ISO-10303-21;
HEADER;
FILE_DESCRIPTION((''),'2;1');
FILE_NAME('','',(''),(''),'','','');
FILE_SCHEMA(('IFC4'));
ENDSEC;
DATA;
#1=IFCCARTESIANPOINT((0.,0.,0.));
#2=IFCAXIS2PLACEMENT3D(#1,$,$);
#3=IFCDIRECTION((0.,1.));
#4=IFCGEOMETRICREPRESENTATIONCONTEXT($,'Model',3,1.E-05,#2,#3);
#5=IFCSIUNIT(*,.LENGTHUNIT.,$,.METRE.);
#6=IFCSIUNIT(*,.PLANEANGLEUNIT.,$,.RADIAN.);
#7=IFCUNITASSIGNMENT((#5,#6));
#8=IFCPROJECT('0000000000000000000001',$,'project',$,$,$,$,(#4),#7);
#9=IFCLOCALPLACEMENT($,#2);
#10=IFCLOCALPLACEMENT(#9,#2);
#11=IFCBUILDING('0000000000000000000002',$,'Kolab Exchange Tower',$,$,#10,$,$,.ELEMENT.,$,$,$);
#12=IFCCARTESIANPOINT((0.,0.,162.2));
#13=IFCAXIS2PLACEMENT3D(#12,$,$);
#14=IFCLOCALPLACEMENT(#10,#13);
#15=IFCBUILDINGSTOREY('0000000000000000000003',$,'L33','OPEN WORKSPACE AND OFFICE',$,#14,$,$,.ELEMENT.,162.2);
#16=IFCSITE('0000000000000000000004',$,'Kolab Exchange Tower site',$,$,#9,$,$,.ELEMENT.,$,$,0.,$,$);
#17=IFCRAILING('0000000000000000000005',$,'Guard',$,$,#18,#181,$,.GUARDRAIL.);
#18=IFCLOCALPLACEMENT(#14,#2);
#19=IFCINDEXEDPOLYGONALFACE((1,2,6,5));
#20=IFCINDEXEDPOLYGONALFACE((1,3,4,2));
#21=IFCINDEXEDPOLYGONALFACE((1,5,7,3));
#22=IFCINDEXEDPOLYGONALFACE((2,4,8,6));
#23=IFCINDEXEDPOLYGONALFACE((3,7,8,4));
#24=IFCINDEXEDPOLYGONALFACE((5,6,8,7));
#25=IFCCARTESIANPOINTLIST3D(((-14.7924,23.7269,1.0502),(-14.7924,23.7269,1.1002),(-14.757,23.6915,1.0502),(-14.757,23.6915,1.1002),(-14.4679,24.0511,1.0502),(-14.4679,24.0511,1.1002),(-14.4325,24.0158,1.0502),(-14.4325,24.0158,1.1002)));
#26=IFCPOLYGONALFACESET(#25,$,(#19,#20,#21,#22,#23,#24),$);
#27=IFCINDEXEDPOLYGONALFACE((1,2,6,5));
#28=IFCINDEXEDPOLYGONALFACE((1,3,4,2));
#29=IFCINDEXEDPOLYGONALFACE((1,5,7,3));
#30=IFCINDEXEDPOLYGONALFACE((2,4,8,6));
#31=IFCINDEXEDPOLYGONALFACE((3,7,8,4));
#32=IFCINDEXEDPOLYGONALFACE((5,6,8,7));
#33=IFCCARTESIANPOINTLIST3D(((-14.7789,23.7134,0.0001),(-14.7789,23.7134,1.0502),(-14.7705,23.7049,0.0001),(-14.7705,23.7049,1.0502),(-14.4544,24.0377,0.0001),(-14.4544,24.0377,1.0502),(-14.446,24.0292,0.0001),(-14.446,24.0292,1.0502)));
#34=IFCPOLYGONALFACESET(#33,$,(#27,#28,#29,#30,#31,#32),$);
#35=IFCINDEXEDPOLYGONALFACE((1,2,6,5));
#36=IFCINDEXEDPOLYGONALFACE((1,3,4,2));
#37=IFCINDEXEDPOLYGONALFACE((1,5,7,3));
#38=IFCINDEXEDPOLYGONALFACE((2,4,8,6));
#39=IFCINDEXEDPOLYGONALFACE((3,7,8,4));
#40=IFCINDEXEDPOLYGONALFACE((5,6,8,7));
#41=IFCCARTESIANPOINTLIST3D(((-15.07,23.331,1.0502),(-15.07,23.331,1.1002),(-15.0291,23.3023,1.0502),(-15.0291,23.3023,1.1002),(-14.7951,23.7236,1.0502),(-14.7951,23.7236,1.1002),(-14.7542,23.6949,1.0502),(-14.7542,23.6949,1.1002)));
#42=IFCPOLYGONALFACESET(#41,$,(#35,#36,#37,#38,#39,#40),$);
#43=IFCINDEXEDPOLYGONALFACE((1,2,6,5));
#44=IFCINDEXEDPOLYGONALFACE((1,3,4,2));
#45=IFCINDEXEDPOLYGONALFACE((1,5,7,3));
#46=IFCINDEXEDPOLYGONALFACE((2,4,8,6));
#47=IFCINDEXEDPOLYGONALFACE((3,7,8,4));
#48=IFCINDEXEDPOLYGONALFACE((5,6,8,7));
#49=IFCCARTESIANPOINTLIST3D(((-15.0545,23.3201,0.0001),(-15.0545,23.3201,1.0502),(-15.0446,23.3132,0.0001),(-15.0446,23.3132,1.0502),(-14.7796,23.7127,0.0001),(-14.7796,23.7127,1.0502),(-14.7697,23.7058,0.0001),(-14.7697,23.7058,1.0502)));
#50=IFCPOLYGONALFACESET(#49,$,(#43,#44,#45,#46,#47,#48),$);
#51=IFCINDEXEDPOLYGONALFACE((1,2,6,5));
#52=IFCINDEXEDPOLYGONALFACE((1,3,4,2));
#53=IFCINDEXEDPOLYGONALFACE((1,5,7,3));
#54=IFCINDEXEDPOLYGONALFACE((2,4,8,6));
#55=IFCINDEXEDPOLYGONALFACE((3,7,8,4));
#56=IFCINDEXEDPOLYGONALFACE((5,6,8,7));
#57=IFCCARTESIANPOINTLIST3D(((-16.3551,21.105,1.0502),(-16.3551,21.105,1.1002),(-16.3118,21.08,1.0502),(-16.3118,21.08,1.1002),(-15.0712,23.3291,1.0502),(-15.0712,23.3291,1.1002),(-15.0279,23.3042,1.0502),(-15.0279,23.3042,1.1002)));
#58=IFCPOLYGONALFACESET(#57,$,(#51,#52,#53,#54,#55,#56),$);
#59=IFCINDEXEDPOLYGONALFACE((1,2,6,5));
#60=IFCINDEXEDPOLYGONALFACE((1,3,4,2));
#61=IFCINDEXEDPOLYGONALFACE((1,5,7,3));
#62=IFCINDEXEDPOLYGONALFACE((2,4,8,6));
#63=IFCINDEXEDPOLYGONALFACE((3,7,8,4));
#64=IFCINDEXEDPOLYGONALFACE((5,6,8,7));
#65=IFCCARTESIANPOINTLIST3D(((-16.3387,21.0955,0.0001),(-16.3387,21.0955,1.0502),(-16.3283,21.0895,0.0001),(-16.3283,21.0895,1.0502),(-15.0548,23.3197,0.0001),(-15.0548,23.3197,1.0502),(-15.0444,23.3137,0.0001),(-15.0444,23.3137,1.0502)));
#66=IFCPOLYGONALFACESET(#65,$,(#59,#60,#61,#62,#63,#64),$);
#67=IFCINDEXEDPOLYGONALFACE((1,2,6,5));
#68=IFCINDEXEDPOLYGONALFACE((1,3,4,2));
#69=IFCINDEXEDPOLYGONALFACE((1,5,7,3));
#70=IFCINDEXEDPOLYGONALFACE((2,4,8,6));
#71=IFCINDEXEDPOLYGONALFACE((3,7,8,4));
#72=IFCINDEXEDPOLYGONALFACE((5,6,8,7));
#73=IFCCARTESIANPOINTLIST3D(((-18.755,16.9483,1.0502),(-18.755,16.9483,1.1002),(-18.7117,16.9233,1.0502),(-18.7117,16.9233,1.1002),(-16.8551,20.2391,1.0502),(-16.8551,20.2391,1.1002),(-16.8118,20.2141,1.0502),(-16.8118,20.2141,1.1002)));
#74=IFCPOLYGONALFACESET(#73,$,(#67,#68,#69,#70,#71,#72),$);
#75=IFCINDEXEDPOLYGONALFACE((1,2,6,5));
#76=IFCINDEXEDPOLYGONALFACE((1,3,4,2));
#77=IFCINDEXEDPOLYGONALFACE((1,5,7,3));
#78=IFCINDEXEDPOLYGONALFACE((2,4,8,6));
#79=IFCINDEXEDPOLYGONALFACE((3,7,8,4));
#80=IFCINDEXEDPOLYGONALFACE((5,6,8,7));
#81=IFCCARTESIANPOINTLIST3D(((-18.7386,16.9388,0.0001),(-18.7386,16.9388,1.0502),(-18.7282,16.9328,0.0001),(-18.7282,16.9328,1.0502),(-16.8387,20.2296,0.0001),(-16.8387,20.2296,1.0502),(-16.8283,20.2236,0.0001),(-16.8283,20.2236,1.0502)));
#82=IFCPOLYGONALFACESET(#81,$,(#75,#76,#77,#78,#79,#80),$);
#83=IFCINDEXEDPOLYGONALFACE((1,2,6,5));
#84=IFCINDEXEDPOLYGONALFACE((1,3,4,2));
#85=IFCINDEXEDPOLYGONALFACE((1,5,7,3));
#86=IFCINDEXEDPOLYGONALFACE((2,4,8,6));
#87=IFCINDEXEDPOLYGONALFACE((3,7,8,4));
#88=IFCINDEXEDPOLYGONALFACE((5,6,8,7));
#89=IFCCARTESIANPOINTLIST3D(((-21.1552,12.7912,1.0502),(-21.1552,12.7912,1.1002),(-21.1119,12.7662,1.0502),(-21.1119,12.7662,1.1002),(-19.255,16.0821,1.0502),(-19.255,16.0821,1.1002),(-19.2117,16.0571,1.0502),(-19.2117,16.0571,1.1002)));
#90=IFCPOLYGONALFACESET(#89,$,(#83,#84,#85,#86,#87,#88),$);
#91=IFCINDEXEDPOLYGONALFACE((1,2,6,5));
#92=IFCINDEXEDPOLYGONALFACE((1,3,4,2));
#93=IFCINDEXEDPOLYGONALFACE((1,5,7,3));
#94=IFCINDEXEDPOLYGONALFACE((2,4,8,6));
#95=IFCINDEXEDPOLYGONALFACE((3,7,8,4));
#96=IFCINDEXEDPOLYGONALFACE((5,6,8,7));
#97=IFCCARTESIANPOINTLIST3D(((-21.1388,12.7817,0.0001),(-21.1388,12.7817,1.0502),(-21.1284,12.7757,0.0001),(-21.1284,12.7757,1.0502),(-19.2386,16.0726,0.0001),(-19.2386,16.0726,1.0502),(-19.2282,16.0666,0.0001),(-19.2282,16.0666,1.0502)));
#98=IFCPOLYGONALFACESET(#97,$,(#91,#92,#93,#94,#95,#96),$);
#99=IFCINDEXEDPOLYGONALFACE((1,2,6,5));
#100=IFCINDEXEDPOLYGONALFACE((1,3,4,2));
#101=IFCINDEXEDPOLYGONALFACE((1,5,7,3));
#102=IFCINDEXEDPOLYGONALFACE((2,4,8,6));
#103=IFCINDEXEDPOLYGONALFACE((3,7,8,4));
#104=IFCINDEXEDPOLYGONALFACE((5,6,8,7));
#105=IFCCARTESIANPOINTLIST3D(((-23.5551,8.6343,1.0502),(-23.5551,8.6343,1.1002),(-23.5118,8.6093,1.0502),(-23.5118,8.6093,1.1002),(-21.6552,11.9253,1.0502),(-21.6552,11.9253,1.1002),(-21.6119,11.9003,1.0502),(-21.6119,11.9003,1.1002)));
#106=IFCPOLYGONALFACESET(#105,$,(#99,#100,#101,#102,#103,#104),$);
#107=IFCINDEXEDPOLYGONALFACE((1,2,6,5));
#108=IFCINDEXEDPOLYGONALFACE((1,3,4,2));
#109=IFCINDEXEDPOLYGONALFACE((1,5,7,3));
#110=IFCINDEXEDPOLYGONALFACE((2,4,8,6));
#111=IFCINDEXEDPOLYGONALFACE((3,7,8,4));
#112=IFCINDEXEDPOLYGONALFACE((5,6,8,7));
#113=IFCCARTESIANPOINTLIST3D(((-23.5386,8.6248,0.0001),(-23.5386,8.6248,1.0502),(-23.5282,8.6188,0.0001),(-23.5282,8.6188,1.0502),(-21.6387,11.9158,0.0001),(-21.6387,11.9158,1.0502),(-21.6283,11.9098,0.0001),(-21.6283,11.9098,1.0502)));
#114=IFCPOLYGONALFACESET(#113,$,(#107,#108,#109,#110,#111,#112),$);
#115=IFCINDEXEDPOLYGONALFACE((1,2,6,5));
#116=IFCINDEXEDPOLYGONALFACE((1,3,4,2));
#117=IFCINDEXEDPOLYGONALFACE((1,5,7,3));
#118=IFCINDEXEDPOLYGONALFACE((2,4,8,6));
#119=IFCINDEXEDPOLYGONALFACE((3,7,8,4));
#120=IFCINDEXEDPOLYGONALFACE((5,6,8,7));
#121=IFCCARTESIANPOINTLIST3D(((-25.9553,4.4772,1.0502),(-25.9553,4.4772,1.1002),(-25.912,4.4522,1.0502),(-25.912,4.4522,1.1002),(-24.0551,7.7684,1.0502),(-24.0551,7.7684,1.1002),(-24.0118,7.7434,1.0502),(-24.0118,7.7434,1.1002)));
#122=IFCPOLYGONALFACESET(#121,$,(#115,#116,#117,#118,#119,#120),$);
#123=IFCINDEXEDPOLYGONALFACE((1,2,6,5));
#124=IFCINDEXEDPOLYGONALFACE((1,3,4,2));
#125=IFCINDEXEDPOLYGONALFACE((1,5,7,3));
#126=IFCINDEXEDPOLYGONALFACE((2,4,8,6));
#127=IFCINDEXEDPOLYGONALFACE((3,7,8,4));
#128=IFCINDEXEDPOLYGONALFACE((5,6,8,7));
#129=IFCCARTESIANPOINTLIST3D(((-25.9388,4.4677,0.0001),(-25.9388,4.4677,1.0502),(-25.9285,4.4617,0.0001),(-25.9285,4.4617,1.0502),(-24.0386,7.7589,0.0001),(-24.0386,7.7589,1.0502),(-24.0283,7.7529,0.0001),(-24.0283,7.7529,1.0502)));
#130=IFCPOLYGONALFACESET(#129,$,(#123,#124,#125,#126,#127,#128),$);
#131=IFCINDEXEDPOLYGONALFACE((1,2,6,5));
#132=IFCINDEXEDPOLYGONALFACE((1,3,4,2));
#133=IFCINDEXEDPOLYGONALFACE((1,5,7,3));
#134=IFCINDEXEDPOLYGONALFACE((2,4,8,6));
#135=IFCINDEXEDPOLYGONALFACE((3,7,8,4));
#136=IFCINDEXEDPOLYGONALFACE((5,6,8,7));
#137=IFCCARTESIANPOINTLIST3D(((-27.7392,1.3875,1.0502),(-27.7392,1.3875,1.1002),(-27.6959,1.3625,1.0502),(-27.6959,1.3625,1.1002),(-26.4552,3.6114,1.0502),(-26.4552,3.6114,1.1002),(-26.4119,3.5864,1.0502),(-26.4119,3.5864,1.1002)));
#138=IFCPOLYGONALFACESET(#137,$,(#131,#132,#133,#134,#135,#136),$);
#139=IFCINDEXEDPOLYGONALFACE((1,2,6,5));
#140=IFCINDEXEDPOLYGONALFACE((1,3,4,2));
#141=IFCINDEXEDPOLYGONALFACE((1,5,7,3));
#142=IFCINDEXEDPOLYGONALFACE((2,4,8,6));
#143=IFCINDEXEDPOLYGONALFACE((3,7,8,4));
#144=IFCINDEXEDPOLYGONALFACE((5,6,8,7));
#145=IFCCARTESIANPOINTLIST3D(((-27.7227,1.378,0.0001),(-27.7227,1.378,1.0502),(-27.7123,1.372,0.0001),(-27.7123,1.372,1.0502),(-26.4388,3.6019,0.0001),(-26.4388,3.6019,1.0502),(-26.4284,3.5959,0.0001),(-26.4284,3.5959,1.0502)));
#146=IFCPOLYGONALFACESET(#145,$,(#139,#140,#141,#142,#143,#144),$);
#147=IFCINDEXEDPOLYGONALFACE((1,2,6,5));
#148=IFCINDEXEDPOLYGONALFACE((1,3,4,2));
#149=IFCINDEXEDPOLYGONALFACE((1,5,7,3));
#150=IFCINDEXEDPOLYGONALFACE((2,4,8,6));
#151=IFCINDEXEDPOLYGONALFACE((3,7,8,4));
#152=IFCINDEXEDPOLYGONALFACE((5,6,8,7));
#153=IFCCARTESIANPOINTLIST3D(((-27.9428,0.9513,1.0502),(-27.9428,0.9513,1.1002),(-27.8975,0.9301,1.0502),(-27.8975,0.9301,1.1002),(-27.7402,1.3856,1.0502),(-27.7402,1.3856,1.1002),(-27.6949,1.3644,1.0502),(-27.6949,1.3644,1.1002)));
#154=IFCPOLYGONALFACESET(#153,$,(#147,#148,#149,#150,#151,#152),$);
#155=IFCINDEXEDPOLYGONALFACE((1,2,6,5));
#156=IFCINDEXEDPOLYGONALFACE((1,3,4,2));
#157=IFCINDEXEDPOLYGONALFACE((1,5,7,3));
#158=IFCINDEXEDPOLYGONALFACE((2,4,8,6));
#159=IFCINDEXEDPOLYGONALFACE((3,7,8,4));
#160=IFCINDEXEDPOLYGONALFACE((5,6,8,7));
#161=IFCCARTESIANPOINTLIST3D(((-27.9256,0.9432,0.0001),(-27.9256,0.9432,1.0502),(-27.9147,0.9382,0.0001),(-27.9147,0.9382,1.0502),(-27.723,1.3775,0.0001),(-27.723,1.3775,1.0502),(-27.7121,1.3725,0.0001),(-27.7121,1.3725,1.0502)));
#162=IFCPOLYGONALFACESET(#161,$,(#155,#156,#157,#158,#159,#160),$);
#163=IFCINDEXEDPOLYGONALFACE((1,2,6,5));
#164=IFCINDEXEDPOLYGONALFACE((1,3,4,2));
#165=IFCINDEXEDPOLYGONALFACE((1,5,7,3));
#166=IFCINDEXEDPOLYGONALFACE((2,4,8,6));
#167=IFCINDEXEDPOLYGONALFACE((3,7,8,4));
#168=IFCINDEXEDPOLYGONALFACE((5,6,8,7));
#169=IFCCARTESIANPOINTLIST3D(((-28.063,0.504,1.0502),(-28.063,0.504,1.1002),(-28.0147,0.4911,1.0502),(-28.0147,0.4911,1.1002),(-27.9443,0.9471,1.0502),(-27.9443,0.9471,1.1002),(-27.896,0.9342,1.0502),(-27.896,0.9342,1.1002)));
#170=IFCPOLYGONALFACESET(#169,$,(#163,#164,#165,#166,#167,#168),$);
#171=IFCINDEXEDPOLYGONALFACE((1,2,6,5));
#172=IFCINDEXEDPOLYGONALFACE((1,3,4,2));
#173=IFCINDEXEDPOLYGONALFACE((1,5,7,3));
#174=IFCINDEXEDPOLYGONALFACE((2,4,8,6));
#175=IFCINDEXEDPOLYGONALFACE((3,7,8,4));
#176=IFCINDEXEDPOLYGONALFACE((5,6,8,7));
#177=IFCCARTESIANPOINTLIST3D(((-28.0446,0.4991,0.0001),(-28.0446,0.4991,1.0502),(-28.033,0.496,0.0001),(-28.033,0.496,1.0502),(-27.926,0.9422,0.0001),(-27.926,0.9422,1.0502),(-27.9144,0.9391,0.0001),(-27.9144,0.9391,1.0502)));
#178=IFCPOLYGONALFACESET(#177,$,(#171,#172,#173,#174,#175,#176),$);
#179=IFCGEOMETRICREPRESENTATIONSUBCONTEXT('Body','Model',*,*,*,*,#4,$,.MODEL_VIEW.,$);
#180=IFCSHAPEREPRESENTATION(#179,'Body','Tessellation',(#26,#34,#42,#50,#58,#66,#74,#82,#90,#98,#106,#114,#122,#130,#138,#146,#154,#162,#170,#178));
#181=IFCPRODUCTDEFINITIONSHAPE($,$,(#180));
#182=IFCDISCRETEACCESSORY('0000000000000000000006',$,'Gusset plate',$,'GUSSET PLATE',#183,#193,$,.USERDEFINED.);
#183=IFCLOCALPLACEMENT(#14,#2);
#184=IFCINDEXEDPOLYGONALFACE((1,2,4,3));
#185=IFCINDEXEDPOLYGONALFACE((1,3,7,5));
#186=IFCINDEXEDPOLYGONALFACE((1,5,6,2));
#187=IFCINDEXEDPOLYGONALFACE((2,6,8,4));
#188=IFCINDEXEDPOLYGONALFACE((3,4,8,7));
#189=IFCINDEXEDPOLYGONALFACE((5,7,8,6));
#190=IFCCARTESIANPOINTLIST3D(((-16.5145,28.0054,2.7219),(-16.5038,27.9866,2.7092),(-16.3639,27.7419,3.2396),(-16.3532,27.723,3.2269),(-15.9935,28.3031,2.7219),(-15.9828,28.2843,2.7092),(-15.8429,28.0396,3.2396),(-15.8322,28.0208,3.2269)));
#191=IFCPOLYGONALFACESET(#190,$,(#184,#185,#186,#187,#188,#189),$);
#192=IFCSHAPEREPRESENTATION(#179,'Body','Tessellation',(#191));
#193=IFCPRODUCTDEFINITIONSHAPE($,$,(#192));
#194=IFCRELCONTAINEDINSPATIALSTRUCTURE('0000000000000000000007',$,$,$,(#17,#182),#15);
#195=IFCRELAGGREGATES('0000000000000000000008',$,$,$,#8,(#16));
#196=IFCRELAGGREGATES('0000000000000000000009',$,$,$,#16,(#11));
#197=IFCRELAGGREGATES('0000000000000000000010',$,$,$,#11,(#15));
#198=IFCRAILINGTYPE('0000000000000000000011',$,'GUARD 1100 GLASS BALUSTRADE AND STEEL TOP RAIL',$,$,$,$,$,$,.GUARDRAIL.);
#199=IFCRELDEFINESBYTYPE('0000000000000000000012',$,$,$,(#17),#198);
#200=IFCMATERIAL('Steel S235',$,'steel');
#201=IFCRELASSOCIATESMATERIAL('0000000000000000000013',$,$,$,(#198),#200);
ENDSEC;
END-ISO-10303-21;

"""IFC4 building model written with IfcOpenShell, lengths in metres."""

from ifc_helpers import new_model, si_unit, direction, frame, frame_2d, origin, origin_2d, place, context, subcontext, project, spatial, rectangle, extrude, material, type_object, element, save


model = new_model("IFC4")

# Units and contexts
model_context = context("Model", 3, precision=1e-05, world=origin(), true_north=direction((0.0, 1.0)))
body_context = subcontext(model_context, "Body", "Model", "MODEL_VIEW")
ifc_project = project(units=[si_unit("LENGTHUNIT", "METRE"), si_unit("PLANEANGLEUNIT", "RADIAN")], contexts=[model_context])

# Site, building, storey
site_placement = place(None, origin())
site = spatial("IfcSite", under=ifc_project, at=site_placement, Name="Kolab Exchange Tower site", CompositionType="ELEMENT", RefElevation=0.0)
building_placement = place(site_placement, origin())
building = spatial("IfcBuilding", under=site, at=building_placement, Name="Kolab Exchange Tower", CompositionType="ELEMENT")
storey_placement = place(building_placement, frame((0.0, 0.0, 162.2)))
storey = spatial("IfcBuildingStorey", under=building, at=storey_placement, Name="L33", Description="OPEN WORKSPACE AND OFFICE", CompositionType="ELEMENT", Elevation=162.2)

# Railing
ifc_material_1 = material(Name="Steel S235", Category="steel")
railing_type = type_object("IfcRailingType", Name="GUARD 1100 GLASS BALUSTRADE AND STEEL TOP RAIL", PredefinedType="GUARDRAIL", material=ifc_material_1)
railing_placement = place(storey_placement, frame((-14.4502, 24.0334, 0.0)))
element("IfcRailing", 1, at=railing_placement, inside=storey, type_object=railing_type, Name="Guard", PredefinedType="GUARDRAIL", context=body_context, shape_type="SweptSolid", body=[
    extrude(rectangle(XDim=0.05, YDim=0.05, at=origin_2d()), frame((0.0, 0.0, 1.0752), z_axis=(-0.707373, -0.706841, 0.0), x_axis=(0.706841, -0.707373, 0.0)), (0.0, 0.0, 1.0), 0.4587),
    extrude(rectangle(XDim=0.012, YDim=1.0501, at=frame_2d((0.0, 0.5251))), frame((0.0, 0.0, 0.0), z_axis=(-0.707373, -0.706841, 0.0), x_axis=(0.706841, -0.707373, 0.0)), (0.0, 0.0, 1.0), 0.4587),
    extrude(rectangle(XDim=0.05, YDim=0.05, at=origin_2d()), frame((-0.3245, -0.3242, 1.0752), z_axis=(-0.573599, -0.819136, 0.0), x_axis=(0.819136, -0.573599, 0.0)), (0.0, 0.0, 1.0), 0.4792),
    extrude(rectangle(XDim=0.012, YDim=1.0501, at=frame_2d((0.0, 0.5251))), frame((-0.3245, -0.3242, 0.0), z_axis=(-0.573599, -0.819136, 0.0), x_axis=(0.819136, -0.573599, 0.0)), (0.0, 0.0, 1.0), 0.4792),
    extrude(rectangle(XDim=0.05, YDim=0.05, at=origin_2d()), frame((-0.5994, -0.7168, 1.0752), z_axis=(-0.499953, -0.866053, 0.0), x_axis=(0.866053, -0.499953, 0.0)), (0.0, 0.0, 1.0), 2.5681),
    extrude(rectangle(XDim=0.012, YDim=1.0501, at=frame_2d((0.0, 0.5251))), frame((-0.5994, -0.7168, 0.0), z_axis=(-0.499953, -0.866053, 0.0), x_axis=(0.866053, -0.499953, 0.0)), (0.0, 0.0, 1.0), 2.5681),
    extrude(rectangle(XDim=0.05, YDim=0.05, at=origin_2d()), frame((-2.3833, -3.8069, 1.0752), z_axis=(-0.499995, -0.866028, 0.0), x_axis=(0.866028, -0.499995, 0.0)), (0.0, 0.0, 1.0), 3.7998),
    extrude(rectangle(XDim=0.012, YDim=1.0501, at=frame_2d((0.0, 0.5251))), frame((-2.3833, -3.8069, 0.0), z_axis=(-0.499995, -0.866028, 0.0), x_axis=(0.866028, -0.499995, 0.0)), (0.0, 0.0, 1.0), 3.7998),
    extrude(rectangle(XDim=0.05, YDim=0.05, at=origin_2d()), frame((-4.7832, -7.9639, 1.0752), z_axis=(-0.500043, -0.866, 0.0), x_axis=(0.866, -0.500043, 0.0)), (0.0, 0.0, 1.0), 3.8),
    extrude(rectangle(XDim=0.012, YDim=1.0501, at=frame_2d((0.0, 0.5251))), frame((-4.7832, -7.9639, 0.0), z_axis=(-0.500043, -0.866, 0.0), x_axis=(0.866, -0.500043, 0.0)), (0.0, 0.0, 1.0), 3.8),
    extrude(rectangle(XDim=0.05, YDim=0.05, at=origin_2d()), frame((-7.1833, -12.1206, 1.0752), z_axis=(-0.499967, -0.866044, 0.0), x_axis=(0.866044, -0.499967, 0.0)), (0.0, 0.0, 1.0), 3.8),
    extrude(rectangle(XDim=0.012, YDim=1.0501, at=frame_2d((0.0, 0.5251))), frame((-7.1833, -12.1206, 0.0), z_axis=(-0.499967, -0.866044, 0.0), x_axis=(0.866044, -0.499967, 0.0)), (0.0, 0.0, 1.0), 3.8),
    extrude(rectangle(XDim=0.05, YDim=0.05, at=origin_2d()), frame((-9.5833, -16.2776, 1.0752), z_axis=(-0.500015, -0.866017, 0.0), x_axis=(0.866017, -0.500015, 0.0)), (0.0, 0.0, 1.0), 3.8003),
    extrude(rectangle(XDim=0.012, YDim=1.0501, at=frame_2d((0.0, 0.5251))), frame((-9.5833, -16.2776, 0.0), z_axis=(-0.500015, -0.866017, 0.0), x_axis=(0.866017, -0.500015, 0.0)), (0.0, 0.0, 1.0), 3.8003),
    extrude(rectangle(XDim=0.05, YDim=0.05, at=origin_2d()), frame((-11.9834, -20.4346, 1.0752), z_axis=(-0.499994, -0.866029, 0.0), x_axis=(0.866029, -0.499994, 0.0)), (0.0, 0.0, 1.0), 2.5679),
    extrude(rectangle(XDim=0.012, YDim=1.0501, at=frame_2d((0.0, 0.5251))), frame((-11.9834, -20.4346, 0.0), z_axis=(-0.499994, -0.866029, 0.0), x_axis=(0.866029, -0.499994, 0.0)), (0.0, 0.0, 1.0), 2.5679),
    extrude(rectangle(XDim=0.05, YDim=0.05, at=origin_2d()), frame((-13.2673, -22.6584, 1.0752), z_axis=(-0.422802, -0.906222, 0.0), x_axis=(0.906222, -0.422802, 0.0)), (0.0, 0.0, 1.0), 0.4792),
    extrude(rectangle(XDim=0.012, YDim=1.0501, at=frame_2d((0.0, 0.5251))), frame((-13.2673, -22.6584, 0.0), z_axis=(-0.422802, -0.906222, 0.0), x_axis=(0.906222, -0.422802, 0.0)), (0.0, 0.0, 1.0), 0.4792),
    extrude(rectangle(XDim=0.05, YDim=0.05, at=origin_2d()), frame((-13.47, -23.0928, 1.0752), z_axis=(-0.258656, -0.965969, 0.0), x_axis=(0.965969, -0.258656, 0.0)), (0.0, 0.0, 1.0), 0.4587),
    extrude(rectangle(XDim=0.012, YDim=1.0501, at=frame_2d((0.0, 0.5251))), frame((-13.47, -23.0928, 0.0), z_axis=(-0.258656, -0.965969, 0.0), x_axis=(0.965969, -0.258656, 0.0)), (0.0, 0.0, 1.0), 0.4587),
])

# Discrete accessory
discrete_accessory_placement = place(storey_placement, frame((-16.168, 28.0037, 2.968), z_axis=(-0.427992, 0.748986, 0.505809), x_axis=(-0.868243, -0.496139, 0.0)))
element("IfcDiscreteAccessory", 2, at=discrete_accessory_placement, inside=storey, Name="Gusset plate", ObjectType="GUSSET PLATE", PredefinedType="USERDEFINED", context=body_context, shape_type="SweptSolid", body=[
    extrude(rectangle(XDim=0.6001, YDim=0.6001, at=origin_2d()), origin(), (0.0, 0.0, 1.0), 0.0251),
])

save(model, "model.ifc")
